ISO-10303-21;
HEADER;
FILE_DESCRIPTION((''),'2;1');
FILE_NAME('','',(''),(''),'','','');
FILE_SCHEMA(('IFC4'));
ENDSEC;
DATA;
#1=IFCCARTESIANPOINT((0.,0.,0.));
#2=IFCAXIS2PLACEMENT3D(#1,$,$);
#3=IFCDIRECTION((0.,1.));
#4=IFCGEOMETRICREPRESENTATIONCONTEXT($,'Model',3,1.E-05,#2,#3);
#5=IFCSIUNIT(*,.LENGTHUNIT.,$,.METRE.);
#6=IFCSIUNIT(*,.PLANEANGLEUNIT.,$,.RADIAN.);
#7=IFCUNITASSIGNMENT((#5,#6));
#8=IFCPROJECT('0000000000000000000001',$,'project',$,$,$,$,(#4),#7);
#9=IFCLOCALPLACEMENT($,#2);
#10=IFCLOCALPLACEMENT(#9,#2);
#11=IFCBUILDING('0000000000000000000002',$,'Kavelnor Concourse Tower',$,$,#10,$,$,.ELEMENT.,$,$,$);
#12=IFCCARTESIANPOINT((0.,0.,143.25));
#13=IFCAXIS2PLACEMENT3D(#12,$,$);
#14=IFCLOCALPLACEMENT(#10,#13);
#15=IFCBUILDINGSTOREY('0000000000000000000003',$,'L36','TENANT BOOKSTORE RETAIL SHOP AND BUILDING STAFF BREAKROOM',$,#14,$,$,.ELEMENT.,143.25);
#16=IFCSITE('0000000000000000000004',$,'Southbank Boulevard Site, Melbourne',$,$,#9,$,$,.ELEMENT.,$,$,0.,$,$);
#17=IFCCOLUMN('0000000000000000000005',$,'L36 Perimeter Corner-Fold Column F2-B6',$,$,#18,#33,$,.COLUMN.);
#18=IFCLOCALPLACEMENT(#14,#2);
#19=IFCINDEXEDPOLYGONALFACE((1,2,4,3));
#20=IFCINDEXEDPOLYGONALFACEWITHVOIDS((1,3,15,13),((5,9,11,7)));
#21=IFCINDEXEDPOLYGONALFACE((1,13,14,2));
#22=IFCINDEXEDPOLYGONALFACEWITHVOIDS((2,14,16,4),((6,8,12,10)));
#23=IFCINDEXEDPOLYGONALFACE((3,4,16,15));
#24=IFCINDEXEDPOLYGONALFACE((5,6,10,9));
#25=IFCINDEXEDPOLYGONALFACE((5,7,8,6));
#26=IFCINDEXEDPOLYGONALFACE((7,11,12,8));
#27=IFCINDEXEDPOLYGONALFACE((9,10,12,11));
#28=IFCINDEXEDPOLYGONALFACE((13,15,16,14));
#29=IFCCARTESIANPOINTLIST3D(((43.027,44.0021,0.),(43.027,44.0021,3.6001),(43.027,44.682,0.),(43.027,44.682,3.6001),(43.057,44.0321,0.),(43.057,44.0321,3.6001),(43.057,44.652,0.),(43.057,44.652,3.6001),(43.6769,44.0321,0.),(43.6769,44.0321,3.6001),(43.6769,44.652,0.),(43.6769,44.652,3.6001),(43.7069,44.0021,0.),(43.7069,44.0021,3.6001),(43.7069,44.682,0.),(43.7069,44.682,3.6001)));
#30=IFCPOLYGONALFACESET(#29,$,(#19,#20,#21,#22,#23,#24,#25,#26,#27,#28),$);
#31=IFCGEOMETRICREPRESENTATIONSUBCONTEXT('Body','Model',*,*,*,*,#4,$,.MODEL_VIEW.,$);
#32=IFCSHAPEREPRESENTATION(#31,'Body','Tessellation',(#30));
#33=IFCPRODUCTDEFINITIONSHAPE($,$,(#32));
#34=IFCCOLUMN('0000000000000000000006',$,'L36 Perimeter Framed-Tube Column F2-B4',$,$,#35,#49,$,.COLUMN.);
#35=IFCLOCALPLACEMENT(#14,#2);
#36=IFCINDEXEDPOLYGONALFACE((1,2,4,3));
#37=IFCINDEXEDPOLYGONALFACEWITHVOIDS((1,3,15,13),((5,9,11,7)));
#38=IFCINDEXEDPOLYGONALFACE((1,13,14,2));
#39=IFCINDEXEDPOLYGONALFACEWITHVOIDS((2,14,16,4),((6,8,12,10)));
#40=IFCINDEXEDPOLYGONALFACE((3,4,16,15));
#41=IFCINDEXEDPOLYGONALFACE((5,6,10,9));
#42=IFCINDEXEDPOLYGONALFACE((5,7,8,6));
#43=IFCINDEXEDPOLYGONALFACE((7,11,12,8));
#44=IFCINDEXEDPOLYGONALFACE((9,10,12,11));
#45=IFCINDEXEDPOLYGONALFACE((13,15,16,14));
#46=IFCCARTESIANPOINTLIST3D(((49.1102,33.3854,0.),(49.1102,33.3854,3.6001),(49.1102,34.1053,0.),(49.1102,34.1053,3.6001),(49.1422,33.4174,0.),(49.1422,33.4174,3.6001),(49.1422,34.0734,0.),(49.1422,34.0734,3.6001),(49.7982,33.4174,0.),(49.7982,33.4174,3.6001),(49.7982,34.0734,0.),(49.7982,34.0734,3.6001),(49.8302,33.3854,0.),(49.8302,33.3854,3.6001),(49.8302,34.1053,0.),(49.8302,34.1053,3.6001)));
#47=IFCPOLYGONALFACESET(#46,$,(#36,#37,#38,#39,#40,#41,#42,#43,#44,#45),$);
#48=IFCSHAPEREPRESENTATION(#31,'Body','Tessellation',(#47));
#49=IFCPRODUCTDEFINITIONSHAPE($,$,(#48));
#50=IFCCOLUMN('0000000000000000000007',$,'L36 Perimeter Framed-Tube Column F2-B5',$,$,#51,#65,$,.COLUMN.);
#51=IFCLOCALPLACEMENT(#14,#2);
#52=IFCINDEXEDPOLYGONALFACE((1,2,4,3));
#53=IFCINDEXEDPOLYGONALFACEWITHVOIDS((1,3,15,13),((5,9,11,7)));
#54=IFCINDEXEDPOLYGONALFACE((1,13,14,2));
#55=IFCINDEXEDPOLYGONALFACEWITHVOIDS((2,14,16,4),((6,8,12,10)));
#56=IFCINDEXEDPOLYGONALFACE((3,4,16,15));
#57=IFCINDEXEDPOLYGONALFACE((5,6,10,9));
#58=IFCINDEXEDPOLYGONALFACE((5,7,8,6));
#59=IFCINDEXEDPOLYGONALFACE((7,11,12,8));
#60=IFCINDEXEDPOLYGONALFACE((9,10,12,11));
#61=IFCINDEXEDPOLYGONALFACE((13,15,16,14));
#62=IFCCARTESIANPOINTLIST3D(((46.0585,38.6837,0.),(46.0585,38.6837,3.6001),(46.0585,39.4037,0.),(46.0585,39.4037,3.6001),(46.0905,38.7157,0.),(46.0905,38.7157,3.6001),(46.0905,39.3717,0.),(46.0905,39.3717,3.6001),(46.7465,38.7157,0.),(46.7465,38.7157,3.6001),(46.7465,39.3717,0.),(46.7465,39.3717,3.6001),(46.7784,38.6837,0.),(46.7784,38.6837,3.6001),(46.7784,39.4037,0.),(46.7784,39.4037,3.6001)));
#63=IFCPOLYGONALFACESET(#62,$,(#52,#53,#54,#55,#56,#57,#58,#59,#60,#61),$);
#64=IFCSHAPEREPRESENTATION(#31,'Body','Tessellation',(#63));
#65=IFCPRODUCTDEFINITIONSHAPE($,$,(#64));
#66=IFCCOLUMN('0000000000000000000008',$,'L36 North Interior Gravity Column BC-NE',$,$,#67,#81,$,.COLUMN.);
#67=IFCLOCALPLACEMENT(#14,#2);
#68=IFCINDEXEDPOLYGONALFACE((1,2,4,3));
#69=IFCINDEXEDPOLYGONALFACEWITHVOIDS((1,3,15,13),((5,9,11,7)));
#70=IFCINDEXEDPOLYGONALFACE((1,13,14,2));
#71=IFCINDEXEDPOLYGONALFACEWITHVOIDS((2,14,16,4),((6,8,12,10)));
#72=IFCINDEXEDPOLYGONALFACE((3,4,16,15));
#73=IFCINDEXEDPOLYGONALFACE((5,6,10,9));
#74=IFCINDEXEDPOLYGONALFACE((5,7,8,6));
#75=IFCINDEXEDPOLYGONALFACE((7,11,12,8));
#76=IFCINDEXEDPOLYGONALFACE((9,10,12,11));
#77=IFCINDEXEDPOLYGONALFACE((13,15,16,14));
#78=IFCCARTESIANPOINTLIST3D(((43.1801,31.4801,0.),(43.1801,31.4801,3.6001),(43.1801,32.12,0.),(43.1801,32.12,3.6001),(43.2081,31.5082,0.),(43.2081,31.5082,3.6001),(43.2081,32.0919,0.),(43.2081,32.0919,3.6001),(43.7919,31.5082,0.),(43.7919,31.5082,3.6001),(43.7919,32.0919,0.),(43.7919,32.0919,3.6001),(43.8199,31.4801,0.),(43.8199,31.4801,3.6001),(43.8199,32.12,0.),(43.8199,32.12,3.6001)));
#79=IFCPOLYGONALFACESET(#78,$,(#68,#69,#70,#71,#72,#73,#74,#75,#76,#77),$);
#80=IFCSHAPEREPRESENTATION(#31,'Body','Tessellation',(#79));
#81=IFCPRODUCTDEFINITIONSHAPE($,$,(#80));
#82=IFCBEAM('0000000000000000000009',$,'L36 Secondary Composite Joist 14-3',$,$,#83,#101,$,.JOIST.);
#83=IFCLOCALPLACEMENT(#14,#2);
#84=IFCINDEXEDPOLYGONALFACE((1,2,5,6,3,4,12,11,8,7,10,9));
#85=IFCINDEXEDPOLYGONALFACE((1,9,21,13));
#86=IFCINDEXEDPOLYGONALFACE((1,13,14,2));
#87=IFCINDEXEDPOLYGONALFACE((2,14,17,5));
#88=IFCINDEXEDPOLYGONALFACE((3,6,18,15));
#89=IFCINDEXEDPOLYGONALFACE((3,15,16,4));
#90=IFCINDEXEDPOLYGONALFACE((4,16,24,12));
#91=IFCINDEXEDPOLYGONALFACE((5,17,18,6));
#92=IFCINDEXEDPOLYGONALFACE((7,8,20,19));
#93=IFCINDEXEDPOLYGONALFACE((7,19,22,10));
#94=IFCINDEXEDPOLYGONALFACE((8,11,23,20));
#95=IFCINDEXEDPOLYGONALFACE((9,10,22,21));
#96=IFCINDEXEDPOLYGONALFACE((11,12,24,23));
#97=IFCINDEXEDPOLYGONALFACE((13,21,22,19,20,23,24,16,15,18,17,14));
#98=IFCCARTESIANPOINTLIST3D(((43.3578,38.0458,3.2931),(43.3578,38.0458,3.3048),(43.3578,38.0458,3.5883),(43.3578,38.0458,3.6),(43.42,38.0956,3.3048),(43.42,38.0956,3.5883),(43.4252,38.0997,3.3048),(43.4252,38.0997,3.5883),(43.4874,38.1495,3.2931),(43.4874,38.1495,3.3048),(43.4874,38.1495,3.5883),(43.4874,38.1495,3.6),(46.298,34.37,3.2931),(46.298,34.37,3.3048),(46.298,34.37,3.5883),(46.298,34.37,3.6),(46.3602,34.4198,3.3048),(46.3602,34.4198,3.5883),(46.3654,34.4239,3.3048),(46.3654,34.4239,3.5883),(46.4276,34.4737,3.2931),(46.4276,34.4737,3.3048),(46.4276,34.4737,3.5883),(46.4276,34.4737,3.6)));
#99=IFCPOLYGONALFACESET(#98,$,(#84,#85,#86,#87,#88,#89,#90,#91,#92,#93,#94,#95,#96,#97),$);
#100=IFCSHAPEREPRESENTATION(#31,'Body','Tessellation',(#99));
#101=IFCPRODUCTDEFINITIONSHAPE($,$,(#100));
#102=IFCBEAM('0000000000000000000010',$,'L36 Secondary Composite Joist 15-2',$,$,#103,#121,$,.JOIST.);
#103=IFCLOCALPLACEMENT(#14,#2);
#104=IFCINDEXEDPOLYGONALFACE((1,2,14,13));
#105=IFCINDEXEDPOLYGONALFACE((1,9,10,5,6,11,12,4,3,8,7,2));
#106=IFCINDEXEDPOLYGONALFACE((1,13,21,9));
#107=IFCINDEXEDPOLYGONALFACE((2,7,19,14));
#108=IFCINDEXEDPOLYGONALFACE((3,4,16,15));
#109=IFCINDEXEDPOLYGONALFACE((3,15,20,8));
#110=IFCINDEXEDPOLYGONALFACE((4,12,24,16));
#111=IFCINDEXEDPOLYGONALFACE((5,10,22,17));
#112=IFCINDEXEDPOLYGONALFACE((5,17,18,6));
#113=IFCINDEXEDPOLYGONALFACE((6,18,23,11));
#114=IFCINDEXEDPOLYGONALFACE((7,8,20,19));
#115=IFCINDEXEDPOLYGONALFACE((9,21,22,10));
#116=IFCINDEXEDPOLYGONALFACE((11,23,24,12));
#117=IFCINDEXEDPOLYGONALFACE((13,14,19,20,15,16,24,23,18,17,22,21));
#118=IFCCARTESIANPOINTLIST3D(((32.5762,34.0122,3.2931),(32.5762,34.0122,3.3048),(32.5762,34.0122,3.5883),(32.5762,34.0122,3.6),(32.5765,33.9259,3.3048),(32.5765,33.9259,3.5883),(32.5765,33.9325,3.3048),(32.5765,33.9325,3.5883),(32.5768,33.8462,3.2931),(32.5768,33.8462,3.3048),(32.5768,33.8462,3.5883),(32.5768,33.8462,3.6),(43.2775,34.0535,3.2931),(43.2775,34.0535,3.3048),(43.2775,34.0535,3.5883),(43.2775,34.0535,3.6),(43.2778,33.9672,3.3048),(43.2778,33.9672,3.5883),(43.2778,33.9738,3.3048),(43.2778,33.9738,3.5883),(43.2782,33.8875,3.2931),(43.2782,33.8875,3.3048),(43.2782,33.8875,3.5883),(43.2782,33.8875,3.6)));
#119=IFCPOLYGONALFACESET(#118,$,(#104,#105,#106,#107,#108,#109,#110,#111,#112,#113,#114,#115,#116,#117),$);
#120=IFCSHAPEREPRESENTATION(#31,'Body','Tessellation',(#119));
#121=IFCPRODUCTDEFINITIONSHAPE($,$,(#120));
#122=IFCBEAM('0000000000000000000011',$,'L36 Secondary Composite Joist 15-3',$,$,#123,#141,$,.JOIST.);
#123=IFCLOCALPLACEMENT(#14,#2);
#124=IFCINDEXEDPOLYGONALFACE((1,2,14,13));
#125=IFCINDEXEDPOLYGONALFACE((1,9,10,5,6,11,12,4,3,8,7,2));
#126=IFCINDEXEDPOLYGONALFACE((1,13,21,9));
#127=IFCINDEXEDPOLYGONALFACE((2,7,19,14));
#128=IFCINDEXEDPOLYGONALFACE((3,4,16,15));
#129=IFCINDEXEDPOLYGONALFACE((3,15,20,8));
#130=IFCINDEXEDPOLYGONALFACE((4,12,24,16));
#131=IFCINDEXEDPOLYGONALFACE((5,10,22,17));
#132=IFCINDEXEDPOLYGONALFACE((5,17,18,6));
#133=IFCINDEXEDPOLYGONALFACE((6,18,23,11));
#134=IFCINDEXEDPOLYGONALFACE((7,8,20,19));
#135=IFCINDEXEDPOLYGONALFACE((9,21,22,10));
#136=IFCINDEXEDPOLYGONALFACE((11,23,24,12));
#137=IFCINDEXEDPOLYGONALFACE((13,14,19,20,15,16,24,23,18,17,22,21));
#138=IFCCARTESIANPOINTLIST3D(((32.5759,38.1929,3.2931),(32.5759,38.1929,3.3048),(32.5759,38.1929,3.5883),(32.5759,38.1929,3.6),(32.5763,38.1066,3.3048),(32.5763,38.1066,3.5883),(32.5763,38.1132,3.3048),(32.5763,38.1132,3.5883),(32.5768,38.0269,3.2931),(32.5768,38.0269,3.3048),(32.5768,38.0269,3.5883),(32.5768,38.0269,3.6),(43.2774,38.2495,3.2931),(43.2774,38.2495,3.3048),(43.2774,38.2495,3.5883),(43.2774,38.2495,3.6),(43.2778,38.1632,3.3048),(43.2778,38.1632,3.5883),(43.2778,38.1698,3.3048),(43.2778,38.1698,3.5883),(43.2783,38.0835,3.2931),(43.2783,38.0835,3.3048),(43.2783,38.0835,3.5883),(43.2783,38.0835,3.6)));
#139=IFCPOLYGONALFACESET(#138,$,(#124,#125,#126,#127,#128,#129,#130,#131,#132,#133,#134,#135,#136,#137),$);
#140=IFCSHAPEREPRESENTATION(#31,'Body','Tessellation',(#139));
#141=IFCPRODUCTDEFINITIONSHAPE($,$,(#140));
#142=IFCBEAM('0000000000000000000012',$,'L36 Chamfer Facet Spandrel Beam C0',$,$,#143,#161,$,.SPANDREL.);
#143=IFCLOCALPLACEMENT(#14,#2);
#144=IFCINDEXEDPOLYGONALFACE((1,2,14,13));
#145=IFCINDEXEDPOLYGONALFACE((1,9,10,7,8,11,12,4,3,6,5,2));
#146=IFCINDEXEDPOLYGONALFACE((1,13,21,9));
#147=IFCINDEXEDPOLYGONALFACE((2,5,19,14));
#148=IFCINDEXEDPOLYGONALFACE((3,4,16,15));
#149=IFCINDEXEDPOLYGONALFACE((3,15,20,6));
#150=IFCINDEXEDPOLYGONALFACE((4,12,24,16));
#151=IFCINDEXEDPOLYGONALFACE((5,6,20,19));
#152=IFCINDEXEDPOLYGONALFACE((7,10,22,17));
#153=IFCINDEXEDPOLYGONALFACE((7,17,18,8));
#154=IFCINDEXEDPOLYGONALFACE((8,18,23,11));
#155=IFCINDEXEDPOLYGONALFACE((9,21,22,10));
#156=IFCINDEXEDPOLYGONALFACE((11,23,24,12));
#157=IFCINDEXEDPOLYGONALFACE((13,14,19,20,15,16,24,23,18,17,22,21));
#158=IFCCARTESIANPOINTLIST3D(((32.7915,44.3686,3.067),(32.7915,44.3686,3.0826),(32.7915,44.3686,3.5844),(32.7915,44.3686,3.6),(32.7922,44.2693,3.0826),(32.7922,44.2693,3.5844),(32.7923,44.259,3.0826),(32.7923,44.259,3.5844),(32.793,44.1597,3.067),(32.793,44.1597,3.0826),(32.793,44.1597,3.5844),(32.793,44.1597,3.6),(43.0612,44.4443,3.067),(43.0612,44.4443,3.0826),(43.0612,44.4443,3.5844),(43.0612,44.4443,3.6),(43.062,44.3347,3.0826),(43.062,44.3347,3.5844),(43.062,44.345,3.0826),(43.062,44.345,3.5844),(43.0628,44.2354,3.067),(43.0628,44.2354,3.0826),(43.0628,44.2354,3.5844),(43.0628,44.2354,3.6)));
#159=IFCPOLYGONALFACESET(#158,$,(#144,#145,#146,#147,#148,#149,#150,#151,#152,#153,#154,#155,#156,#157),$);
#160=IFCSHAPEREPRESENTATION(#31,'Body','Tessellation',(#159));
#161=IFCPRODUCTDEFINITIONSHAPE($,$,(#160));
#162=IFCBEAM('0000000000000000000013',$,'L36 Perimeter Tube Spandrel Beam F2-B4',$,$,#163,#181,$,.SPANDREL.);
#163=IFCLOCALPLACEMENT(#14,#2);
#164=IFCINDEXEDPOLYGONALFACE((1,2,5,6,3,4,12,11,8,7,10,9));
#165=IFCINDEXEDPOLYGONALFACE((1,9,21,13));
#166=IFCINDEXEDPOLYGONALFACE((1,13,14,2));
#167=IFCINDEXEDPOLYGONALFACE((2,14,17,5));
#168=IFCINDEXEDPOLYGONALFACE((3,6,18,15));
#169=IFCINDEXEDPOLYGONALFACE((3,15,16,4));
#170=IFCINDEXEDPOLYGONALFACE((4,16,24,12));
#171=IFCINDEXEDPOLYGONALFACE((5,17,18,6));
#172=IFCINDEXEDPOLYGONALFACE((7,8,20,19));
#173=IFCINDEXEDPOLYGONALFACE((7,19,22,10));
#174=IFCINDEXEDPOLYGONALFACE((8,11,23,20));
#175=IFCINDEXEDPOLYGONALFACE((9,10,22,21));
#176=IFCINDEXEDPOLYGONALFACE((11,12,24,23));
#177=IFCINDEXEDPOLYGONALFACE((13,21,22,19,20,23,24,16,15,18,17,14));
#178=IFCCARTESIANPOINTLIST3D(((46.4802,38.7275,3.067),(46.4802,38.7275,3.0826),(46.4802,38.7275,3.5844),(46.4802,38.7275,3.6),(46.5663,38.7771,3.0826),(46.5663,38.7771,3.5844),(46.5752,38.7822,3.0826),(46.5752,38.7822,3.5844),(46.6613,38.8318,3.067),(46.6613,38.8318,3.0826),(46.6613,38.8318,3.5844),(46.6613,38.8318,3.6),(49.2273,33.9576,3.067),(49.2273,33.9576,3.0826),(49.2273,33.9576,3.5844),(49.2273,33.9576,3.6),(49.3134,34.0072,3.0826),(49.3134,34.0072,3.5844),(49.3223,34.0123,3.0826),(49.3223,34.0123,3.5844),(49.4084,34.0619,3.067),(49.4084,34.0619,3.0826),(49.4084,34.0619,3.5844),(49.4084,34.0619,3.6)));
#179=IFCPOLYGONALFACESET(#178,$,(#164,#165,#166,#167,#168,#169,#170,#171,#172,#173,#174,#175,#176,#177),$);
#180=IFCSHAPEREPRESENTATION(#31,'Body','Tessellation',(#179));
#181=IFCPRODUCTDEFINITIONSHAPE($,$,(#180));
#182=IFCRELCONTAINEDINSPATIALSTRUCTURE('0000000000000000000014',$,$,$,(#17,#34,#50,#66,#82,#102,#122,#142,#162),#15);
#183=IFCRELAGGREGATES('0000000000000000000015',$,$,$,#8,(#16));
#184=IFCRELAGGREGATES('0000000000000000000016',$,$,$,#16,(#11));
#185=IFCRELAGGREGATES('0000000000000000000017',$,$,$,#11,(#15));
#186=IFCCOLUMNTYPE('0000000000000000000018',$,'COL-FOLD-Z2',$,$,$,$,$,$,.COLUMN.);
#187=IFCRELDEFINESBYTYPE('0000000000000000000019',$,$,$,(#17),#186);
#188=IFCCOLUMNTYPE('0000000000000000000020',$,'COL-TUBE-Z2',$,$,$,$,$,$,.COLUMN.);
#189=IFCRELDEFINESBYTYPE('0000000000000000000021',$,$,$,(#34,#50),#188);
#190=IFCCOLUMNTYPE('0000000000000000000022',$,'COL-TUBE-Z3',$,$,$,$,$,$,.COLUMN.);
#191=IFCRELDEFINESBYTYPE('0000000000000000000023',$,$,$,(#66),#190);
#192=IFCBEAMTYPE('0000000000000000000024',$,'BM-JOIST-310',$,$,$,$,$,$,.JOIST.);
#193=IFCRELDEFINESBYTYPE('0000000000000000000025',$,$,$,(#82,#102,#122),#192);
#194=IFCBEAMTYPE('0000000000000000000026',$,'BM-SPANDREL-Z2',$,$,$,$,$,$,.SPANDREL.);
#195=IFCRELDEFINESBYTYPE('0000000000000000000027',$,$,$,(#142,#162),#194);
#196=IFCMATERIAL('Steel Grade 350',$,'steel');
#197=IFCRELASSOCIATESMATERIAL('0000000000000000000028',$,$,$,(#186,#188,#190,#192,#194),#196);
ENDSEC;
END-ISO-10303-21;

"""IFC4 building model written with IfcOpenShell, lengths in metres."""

from ifc_helpers import new_model, si_unit, direction, frame, origin, origin_2d, place, context, subcontext, project, spatial, hollow_rectangle, i_section, extrude, material, material_profile, profile_set, type_object, element, save


model = new_model("IFC4")

# Units and contexts
model_context = context("Model", 3, precision=1e-05, world=origin(), true_north=direction((0.0, 1.0)))
body_context = subcontext(model_context, "Body", "Model", "MODEL_VIEW")
ifc_project = project(units=[si_unit("LENGTHUNIT", "METRE"), si_unit("PLANEANGLEUNIT", "RADIAN")], contexts=[model_context])

# Site, building, storey
site_placement = place(None, origin())
site = spatial("IfcSite", under=ifc_project, at=site_placement, Name="Southbank Boulevard Site, Melbourne", CompositionType="ELEMENT", RefElevation=0.0)
building_placement = place(site_placement, origin())
building = spatial("IfcBuilding", under=site, at=building_placement, Name="Kavelnor Concourse Tower", CompositionType="ELEMENT")
storey_placement = place(building_placement, frame((0.0, 0.0, 143.25)))
storey = spatial("IfcBuildingStorey", under=building, at=storey_placement, Name="L36", Description="TENANT BOOKSTORE RETAIL SHOP AND BUILDING STAFF BREAKROOM", CompositionType="ELEMENT", Elevation=143.25)

# Columns
ifc_material_1 = material(Name="Steel Grade 350", Category="steel")
ifc_material_profile_1 = material_profile(ifc_material_1, hollow_rectangle(XDim=0.6799, YDim=0.6799, WallThickness=0.03, at=origin_2d()), Name="SHS 680x680x30")
ifc_profile_set_1 = profile_set([ifc_material_profile_1], Name="Steel Grade 350")
column_type_1 = type_object("IfcColumnType", Name="COL-FOLD-Z2", PredefinedType="COLUMN", material=ifc_profile_set_1)
column_1_placement = place(storey_placement, frame((43.3669, 44.342, 0.0), z_axis=(0.0, 0.0, 1.0), x_axis=(1.0, 0.0, 0.0)))
element("IfcColumn", 1, at=column_1_placement, inside=storey, type_object=column_type_1, Name="L36 Perimeter Corner-Fold Column F2-B6", PredefinedType="COLUMN", context=body_context, shape_type="SweptSolid", body=[
    extrude(hollow_rectangle(XDim=0.6799, YDim=0.6799, WallThickness=0.03, at=origin_2d()), origin(), (0.0, 0.0, 1.0), 3.6001),
])
ifc_material_profile_2 = material_profile(ifc_material_1, hollow_rectangle(XDim=0.72, YDim=0.72, WallThickness=0.032, at=origin_2d()), Name="SHS 720x720x32")
ifc_profile_set_2 = profile_set([ifc_material_profile_2], Name="Steel Grade 350")
column_type_2 = type_object("IfcColumnType", Name="COL-TUBE-Z2", PredefinedType="COLUMN", material=ifc_profile_set_2)
for number, where, z_axis, x_axis, name in (
    (2, (49.4702, 33.7454, 0.0), (0.0, 0.0, 1.0), (1.0, 0.0, 0.0), "L36 Perimeter Framed-Tube Column F2-B4"),
    (3, (46.4185, 39.0437, 0.0), (0.0, 0.0, 1.0), (1.0, 0.0, 0.0), "L36 Perimeter Framed-Tube Column F2-B5"),
):
    element("IfcColumn", number, at=place(storey_placement, frame(where, z_axis=z_axis, x_axis=x_axis)), inside=storey, type_object=column_type_2, Name=name, PredefinedType="COLUMN", context=body_context, shape_type="SweptSolid", body=[
        extrude(hollow_rectangle(XDim=0.72, YDim=0.72, WallThickness=0.032, at=origin_2d()), origin(), (0.0, 0.0, 1.0), 3.6001),
    ])
ifc_material_profile_3 = material_profile(ifc_material_1, hollow_rectangle(XDim=0.6399, YDim=0.6399, WallThickness=0.0281, at=origin_2d()), Name="SHS 640x640x28")
ifc_profile_set_3 = profile_set([ifc_material_profile_3], Name="Steel Grade 350")
column_type_3 = type_object("IfcColumnType", Name="COL-TUBE-Z3", PredefinedType="COLUMN", material=ifc_profile_set_3)
column_2_placement = place(storey_placement, frame((43.5, 31.8, 0.0), z_axis=(0.0, 0.0, 1.0), x_axis=(1.0, 0.0, 0.0)))
element("IfcColumn", 4, at=column_2_placement, inside=storey, type_object=column_type_3, Name="L36 North Interior Gravity Column BC-NE", PredefinedType="COLUMN", context=body_context, shape_type="SweptSolid", body=[
    extrude(hollow_rectangle(XDim=0.6399, YDim=0.6399, WallThickness=0.0281, at=origin_2d()), origin(), (0.0, 0.0, 1.0), 3.6001),
])

# Beams
ifc_material_profile_4 = material_profile(ifc_material_1, i_section(OverallWidth=0.166, OverallDepth=0.3069, WebThickness=0.0066, FlangeThickness=0.0117, at=origin_2d()), Name="310UB46")
ifc_profile_set_4 = profile_set([ifc_material_profile_4], Name="Steel Grade 350")
beam_type_1 = type_object("IfcBeamType", Name="BM-JOIST-310", PredefinedType="JOIST", material=ifc_profile_set_4)
beam_1_placement = place(storey_placement, frame((46.3628, 34.4219, 3.4465), z_axis=(-0.624638, 0.780914, 0.0), x_axis=(-0.780914, -0.624638, 0.0)))
element("IfcBeam", 5, at=beam_1_placement, inside=storey, type_object=beam_type_1, Name="L36 Secondary Composite Joist 14-3", PredefinedType="JOIST", context=body_context, shape_type="SweptSolid", body=[
    extrude(i_section(OverallWidth=0.166, OverallDepth=0.3069, WebThickness=0.0066, FlangeThickness=0.0117, at=origin_2d()), origin(), (0.0, 0.0, 1.0), 4.707),
])
beam_2_placement = place(storey_placement, frame((43.2778, 33.9705, 3.4465), z_axis=(-0.999993, -0.003856, 0.0), x_axis=(0.003856, -0.999993, 0.0)))
element("IfcBeam", 6, at=beam_2_placement, inside=storey, type_object=beam_type_1, Name="L36 Secondary Composite Joist 15-2", PredefinedType="JOIST", context=body_context, shape_type="SweptSolid", body=[
    extrude(i_section(OverallWidth=0.166, OverallDepth=0.3069, WebThickness=0.0066, FlangeThickness=0.0117, at=origin_2d()), origin(), (0.0, 0.0, 1.0), 10.7014),
])
beam_3_placement = place(storey_placement, frame((43.2778, 38.1665, 3.4465), z_axis=(-0.999986, -0.005293, 0.0), x_axis=(0.005293, -0.999986, 0.0)))
element("IfcBeam", 7, at=beam_3_placement, inside=storey, type_object=beam_type_1, Name="L36 Secondary Composite Joist 15-3", PredefinedType="JOIST", context=body_context, shape_type="SweptSolid", body=[
    extrude(i_section(OverallWidth=0.166, OverallDepth=0.3069, WebThickness=0.0066, FlangeThickness=0.0117, at=origin_2d()), origin(), (0.0, 0.0, 1.0), 10.7017),
])
ifc_material_profile_5 = material_profile(ifc_material_1, i_section(OverallWidth=0.209, OverallDepth=0.533, WebThickness=0.0103, FlangeThickness=0.0156, at=origin_2d()), Name="530UB92")
ifc_profile_set_5 = profile_set([ifc_material_profile_5], Name="Steel Grade 350")
beam_type_2 = type_object("IfcBeamType", Name="BM-SPANDREL-Z2", PredefinedType="SPANDREL", material=ifc_profile_set_5)
beam_4_placement = place(storey_placement, frame((43.062, 44.3398, 3.3335), z_axis=(-0.999973, -0.007369, 0.0), x_axis=(0.007369, -0.999973, 0.0)))
element("IfcBeam", 8, at=beam_4_placement, inside=storey, type_object=beam_type_2, Name="L36 Chamfer Facet Spandrel Beam C0", PredefinedType="SPANDREL", context=body_context, shape_type="SweptSolid", body=[
    extrude(i_section(OverallWidth=0.209, OverallDepth=0.533, WebThickness=0.0103, FlangeThickness=0.0156, at=origin_2d()), origin(), (0.0, 0.0, 1.0), 10.27),
])
for number, where, z_axis, x_axis, name in (
    (9, (49.3179, 34.0098, 3.3335), (-0.499079, 0.866557, 0.0), (-0.866557, -0.499079, 0.0), "L36 Perimeter Tube Spandrel Beam F2-B4"),
):
    element("IfcBeam", number, at=place(storey_placement, frame(where, z_axis=z_axis, x_axis=x_axis)), inside=storey, type_object=beam_type_2, Name=name, PredefinedType="SPANDREL", context=body_context, shape_type="SweptSolid", body=[
        extrude(i_section(OverallWidth=0.209, OverallDepth=0.533, WebThickness=0.0103, FlangeThickness=0.0156, at=origin_2d()), origin(), (0.0, 0.0, 1.0), 5.5044),
    ])

save(model, "model.ifc")
